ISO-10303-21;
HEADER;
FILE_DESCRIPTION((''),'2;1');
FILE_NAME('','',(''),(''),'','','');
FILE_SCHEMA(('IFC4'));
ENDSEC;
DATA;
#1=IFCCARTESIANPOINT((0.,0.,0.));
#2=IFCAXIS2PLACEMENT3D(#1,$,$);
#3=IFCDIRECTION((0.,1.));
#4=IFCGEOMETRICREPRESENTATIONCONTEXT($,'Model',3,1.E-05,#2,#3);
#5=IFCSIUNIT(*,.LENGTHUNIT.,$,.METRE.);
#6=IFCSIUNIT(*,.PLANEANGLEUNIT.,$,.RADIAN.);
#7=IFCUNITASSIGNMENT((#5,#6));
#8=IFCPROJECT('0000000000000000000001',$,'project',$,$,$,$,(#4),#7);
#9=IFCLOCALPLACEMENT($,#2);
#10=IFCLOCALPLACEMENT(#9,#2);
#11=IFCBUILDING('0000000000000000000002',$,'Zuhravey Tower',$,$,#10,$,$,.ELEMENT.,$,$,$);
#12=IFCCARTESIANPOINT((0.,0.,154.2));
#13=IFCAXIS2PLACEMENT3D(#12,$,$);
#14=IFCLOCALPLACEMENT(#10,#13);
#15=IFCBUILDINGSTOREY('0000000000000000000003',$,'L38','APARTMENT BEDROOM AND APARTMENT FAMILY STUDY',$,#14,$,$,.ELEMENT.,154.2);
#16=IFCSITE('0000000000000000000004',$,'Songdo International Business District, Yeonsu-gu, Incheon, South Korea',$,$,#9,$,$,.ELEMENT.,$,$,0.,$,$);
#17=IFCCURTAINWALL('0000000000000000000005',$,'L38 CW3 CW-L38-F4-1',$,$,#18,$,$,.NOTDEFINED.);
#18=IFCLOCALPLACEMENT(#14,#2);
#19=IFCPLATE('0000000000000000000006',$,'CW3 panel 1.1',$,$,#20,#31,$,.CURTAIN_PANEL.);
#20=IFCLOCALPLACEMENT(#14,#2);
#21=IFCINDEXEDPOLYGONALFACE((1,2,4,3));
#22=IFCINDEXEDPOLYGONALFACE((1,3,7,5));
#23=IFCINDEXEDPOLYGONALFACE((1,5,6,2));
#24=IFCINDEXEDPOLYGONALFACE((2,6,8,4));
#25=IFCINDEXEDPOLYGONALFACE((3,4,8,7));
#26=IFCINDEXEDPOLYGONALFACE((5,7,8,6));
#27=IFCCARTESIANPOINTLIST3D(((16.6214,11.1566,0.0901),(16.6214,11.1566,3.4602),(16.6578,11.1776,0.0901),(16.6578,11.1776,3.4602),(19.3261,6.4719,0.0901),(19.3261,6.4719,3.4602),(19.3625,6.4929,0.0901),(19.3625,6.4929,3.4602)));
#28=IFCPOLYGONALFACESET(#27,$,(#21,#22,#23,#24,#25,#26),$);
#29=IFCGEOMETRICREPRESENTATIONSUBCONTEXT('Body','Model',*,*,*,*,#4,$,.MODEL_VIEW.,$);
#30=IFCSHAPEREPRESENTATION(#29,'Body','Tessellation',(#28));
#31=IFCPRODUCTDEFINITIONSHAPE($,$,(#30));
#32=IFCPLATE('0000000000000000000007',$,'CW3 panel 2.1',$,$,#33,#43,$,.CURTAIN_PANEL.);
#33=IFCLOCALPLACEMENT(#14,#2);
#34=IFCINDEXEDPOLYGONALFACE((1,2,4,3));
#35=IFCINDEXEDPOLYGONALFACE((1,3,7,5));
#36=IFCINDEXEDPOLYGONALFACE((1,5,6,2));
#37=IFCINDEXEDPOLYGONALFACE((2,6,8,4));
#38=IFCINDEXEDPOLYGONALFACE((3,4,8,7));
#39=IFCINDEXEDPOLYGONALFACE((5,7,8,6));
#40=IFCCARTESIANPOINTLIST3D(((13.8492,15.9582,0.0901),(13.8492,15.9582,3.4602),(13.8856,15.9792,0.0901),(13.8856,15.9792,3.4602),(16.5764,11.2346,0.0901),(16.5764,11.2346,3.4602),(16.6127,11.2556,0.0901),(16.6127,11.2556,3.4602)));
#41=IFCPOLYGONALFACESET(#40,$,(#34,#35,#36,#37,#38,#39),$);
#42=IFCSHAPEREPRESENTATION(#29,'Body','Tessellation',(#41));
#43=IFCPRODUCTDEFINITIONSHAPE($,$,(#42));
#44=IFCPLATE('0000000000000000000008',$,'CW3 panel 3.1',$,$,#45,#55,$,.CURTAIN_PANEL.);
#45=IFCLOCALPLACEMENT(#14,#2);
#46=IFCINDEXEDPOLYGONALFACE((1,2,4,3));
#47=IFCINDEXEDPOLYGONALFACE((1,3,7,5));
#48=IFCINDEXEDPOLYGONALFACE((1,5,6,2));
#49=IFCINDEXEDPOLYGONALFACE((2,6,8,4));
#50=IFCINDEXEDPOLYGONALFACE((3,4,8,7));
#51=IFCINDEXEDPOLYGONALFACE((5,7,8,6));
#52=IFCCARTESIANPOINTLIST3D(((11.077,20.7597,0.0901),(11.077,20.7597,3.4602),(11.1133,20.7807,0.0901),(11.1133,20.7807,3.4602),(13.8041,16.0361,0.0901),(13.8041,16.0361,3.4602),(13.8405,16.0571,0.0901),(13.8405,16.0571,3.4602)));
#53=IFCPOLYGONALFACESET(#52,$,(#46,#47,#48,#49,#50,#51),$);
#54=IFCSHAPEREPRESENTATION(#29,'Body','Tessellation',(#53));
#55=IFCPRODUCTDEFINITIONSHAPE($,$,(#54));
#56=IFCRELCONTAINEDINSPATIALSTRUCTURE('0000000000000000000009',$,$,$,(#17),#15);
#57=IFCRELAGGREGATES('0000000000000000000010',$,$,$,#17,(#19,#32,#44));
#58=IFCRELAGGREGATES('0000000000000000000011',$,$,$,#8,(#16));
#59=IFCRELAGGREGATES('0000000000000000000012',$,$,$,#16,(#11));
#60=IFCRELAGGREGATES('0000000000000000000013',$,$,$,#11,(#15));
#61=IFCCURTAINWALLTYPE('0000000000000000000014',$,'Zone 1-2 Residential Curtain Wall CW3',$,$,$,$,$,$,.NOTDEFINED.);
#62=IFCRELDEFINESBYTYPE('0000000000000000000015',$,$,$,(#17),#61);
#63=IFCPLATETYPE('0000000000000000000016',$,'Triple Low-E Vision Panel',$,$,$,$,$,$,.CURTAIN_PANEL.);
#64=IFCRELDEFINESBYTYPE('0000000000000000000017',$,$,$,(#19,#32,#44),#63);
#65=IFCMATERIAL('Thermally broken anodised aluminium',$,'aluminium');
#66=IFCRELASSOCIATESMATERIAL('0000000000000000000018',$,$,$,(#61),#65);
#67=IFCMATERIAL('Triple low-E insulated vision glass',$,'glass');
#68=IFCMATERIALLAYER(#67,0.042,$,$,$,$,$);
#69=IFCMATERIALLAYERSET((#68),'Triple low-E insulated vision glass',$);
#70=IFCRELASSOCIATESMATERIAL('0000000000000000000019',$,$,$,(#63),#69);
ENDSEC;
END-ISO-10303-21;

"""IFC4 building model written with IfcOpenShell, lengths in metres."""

from ifc_helpers import new_model, si_unit, direction, frame, origin, origin_2d, place, context, subcontext, project, spatial, rectangle, extrude, material, layer, layer_set, type_object, element, aggregate, save


model = new_model("IFC4")

# Units and contexts
model_context = context("Model", 3, precision=1e-05, world=origin(), true_north=direction((0.0, 1.0)))
body_context = subcontext(model_context, "Body", "Model", "MODEL_VIEW")
ifc_project = project(units=[si_unit("LENGTHUNIT", "METRE"), si_unit("PLANEANGLEUNIT", "RADIAN")], contexts=[model_context])

# Site, building, storey
site_placement = place(None, origin())
site = spatial("IfcSite", under=ifc_project, at=site_placement, Name="Songdo International Business District, Yeonsu-gu, Incheon, South Korea", CompositionType="ELEMENT", RefElevation=0.0)
building_placement = place(site_placement, origin())
building = spatial("IfcBuilding", under=site, at=building_placement, Name="Zuhravey Tower", CompositionType="ELEMENT")
storey_placement = place(building_placement, frame((0.0, 0.0, 154.2)))
storey = spatial("IfcBuildingStorey", under=building, at=storey_placement, Name="L38", Description="APARTMENT BEDROOM AND APARTMENT FAMILY STUDY", CompositionType="ELEMENT", Elevation=154.2)

# Curtain wall
ifc_material_1 = material(Name="Thermally broken anodised aluminium", Category="aluminium")
curtain_wall_type = type_object("IfcCurtainWallType", Name="Zone 1-2 Residential Curtain Wall CW3", PredefinedType="NOTDEFINED", material=ifc_material_1)
curtain_wall_placement = place(storey_placement, origin())
curtain_wall = element("IfcCurtainWall", 1, at=curtain_wall_placement, inside=storey, type_object=curtain_wall_type, Name="L38 CW3 CW-L38-F4-1", PredefinedType="NOTDEFINED")

# Plates
ifc_material_2 = material(Name="Triple low-E insulated vision glass", Category="glass")
ifc_layer_1 = layer(ifc_material_2, 0.042)
ifc_layer_set_1 = layer_set([ifc_layer_1], Name="Triple low-E insulated vision glass")
plate_type_1 = type_object("IfcPlateType", Name="Triple Low-E Vision Panel", PredefinedType="CURTAIN_PANEL", material=ifc_layer_set_1)
plate_1_placement = place(storey_placement, frame((17.9919, 8.8247, 0.0901), z_axis=(0.0, 0.0, 1.0), x_axis=(-0.5, 0.866025, 0.0)))
plate_1 = element("IfcPlate", 2, at=plate_1_placement, type_object=plate_type_1, Name="CW3 panel 1.1", PredefinedType="CURTAIN_PANEL", context=body_context, shape_type="SweptSolid", body=[
    extrude(rectangle(XDim=5.4094, YDim=0.042, at=origin_2d()), origin(), (0.0, 0.0, 1.0), 3.3701),
])
plate_2_placement = place(storey_placement, frame((15.231, 13.6069, 0.0901), z_axis=(0.0, 0.0, 1.0), x_axis=(-0.5, 0.866025, 0.0)))
plate_2 = element("IfcPlate", 3, at=plate_2_placement, type_object=plate_type_1, Name="CW3 panel 2.1", PredefinedType="CURTAIN_PANEL", context=body_context, shape_type="SweptSolid", body=[
    extrude(rectangle(XDim=5.4543, YDim=0.042, at=origin_2d()), origin(), (0.0, 0.0, 1.0), 3.3701),
])
plate_3_placement = place(storey_placement, frame((12.4587, 18.4084, 0.0901), z_axis=(0.0, 0.0, 1.0), x_axis=(-0.5, 0.866025, 0.0)))
plate_3 = element("IfcPlate", 4, at=plate_3_placement, type_object=plate_type_1, Name="CW3 panel 3.1", PredefinedType="CURTAIN_PANEL", context=body_context, shape_type="SweptSolid", body=[
    extrude(rectangle(XDim=5.4543, YDim=0.042, at=origin_2d()), origin(), (0.0, 0.0, 1.0), 3.3701),
])
aggregate(curtain_wall, [plate_1, plate_2, plate_3])

save(model, "model.ifc")
